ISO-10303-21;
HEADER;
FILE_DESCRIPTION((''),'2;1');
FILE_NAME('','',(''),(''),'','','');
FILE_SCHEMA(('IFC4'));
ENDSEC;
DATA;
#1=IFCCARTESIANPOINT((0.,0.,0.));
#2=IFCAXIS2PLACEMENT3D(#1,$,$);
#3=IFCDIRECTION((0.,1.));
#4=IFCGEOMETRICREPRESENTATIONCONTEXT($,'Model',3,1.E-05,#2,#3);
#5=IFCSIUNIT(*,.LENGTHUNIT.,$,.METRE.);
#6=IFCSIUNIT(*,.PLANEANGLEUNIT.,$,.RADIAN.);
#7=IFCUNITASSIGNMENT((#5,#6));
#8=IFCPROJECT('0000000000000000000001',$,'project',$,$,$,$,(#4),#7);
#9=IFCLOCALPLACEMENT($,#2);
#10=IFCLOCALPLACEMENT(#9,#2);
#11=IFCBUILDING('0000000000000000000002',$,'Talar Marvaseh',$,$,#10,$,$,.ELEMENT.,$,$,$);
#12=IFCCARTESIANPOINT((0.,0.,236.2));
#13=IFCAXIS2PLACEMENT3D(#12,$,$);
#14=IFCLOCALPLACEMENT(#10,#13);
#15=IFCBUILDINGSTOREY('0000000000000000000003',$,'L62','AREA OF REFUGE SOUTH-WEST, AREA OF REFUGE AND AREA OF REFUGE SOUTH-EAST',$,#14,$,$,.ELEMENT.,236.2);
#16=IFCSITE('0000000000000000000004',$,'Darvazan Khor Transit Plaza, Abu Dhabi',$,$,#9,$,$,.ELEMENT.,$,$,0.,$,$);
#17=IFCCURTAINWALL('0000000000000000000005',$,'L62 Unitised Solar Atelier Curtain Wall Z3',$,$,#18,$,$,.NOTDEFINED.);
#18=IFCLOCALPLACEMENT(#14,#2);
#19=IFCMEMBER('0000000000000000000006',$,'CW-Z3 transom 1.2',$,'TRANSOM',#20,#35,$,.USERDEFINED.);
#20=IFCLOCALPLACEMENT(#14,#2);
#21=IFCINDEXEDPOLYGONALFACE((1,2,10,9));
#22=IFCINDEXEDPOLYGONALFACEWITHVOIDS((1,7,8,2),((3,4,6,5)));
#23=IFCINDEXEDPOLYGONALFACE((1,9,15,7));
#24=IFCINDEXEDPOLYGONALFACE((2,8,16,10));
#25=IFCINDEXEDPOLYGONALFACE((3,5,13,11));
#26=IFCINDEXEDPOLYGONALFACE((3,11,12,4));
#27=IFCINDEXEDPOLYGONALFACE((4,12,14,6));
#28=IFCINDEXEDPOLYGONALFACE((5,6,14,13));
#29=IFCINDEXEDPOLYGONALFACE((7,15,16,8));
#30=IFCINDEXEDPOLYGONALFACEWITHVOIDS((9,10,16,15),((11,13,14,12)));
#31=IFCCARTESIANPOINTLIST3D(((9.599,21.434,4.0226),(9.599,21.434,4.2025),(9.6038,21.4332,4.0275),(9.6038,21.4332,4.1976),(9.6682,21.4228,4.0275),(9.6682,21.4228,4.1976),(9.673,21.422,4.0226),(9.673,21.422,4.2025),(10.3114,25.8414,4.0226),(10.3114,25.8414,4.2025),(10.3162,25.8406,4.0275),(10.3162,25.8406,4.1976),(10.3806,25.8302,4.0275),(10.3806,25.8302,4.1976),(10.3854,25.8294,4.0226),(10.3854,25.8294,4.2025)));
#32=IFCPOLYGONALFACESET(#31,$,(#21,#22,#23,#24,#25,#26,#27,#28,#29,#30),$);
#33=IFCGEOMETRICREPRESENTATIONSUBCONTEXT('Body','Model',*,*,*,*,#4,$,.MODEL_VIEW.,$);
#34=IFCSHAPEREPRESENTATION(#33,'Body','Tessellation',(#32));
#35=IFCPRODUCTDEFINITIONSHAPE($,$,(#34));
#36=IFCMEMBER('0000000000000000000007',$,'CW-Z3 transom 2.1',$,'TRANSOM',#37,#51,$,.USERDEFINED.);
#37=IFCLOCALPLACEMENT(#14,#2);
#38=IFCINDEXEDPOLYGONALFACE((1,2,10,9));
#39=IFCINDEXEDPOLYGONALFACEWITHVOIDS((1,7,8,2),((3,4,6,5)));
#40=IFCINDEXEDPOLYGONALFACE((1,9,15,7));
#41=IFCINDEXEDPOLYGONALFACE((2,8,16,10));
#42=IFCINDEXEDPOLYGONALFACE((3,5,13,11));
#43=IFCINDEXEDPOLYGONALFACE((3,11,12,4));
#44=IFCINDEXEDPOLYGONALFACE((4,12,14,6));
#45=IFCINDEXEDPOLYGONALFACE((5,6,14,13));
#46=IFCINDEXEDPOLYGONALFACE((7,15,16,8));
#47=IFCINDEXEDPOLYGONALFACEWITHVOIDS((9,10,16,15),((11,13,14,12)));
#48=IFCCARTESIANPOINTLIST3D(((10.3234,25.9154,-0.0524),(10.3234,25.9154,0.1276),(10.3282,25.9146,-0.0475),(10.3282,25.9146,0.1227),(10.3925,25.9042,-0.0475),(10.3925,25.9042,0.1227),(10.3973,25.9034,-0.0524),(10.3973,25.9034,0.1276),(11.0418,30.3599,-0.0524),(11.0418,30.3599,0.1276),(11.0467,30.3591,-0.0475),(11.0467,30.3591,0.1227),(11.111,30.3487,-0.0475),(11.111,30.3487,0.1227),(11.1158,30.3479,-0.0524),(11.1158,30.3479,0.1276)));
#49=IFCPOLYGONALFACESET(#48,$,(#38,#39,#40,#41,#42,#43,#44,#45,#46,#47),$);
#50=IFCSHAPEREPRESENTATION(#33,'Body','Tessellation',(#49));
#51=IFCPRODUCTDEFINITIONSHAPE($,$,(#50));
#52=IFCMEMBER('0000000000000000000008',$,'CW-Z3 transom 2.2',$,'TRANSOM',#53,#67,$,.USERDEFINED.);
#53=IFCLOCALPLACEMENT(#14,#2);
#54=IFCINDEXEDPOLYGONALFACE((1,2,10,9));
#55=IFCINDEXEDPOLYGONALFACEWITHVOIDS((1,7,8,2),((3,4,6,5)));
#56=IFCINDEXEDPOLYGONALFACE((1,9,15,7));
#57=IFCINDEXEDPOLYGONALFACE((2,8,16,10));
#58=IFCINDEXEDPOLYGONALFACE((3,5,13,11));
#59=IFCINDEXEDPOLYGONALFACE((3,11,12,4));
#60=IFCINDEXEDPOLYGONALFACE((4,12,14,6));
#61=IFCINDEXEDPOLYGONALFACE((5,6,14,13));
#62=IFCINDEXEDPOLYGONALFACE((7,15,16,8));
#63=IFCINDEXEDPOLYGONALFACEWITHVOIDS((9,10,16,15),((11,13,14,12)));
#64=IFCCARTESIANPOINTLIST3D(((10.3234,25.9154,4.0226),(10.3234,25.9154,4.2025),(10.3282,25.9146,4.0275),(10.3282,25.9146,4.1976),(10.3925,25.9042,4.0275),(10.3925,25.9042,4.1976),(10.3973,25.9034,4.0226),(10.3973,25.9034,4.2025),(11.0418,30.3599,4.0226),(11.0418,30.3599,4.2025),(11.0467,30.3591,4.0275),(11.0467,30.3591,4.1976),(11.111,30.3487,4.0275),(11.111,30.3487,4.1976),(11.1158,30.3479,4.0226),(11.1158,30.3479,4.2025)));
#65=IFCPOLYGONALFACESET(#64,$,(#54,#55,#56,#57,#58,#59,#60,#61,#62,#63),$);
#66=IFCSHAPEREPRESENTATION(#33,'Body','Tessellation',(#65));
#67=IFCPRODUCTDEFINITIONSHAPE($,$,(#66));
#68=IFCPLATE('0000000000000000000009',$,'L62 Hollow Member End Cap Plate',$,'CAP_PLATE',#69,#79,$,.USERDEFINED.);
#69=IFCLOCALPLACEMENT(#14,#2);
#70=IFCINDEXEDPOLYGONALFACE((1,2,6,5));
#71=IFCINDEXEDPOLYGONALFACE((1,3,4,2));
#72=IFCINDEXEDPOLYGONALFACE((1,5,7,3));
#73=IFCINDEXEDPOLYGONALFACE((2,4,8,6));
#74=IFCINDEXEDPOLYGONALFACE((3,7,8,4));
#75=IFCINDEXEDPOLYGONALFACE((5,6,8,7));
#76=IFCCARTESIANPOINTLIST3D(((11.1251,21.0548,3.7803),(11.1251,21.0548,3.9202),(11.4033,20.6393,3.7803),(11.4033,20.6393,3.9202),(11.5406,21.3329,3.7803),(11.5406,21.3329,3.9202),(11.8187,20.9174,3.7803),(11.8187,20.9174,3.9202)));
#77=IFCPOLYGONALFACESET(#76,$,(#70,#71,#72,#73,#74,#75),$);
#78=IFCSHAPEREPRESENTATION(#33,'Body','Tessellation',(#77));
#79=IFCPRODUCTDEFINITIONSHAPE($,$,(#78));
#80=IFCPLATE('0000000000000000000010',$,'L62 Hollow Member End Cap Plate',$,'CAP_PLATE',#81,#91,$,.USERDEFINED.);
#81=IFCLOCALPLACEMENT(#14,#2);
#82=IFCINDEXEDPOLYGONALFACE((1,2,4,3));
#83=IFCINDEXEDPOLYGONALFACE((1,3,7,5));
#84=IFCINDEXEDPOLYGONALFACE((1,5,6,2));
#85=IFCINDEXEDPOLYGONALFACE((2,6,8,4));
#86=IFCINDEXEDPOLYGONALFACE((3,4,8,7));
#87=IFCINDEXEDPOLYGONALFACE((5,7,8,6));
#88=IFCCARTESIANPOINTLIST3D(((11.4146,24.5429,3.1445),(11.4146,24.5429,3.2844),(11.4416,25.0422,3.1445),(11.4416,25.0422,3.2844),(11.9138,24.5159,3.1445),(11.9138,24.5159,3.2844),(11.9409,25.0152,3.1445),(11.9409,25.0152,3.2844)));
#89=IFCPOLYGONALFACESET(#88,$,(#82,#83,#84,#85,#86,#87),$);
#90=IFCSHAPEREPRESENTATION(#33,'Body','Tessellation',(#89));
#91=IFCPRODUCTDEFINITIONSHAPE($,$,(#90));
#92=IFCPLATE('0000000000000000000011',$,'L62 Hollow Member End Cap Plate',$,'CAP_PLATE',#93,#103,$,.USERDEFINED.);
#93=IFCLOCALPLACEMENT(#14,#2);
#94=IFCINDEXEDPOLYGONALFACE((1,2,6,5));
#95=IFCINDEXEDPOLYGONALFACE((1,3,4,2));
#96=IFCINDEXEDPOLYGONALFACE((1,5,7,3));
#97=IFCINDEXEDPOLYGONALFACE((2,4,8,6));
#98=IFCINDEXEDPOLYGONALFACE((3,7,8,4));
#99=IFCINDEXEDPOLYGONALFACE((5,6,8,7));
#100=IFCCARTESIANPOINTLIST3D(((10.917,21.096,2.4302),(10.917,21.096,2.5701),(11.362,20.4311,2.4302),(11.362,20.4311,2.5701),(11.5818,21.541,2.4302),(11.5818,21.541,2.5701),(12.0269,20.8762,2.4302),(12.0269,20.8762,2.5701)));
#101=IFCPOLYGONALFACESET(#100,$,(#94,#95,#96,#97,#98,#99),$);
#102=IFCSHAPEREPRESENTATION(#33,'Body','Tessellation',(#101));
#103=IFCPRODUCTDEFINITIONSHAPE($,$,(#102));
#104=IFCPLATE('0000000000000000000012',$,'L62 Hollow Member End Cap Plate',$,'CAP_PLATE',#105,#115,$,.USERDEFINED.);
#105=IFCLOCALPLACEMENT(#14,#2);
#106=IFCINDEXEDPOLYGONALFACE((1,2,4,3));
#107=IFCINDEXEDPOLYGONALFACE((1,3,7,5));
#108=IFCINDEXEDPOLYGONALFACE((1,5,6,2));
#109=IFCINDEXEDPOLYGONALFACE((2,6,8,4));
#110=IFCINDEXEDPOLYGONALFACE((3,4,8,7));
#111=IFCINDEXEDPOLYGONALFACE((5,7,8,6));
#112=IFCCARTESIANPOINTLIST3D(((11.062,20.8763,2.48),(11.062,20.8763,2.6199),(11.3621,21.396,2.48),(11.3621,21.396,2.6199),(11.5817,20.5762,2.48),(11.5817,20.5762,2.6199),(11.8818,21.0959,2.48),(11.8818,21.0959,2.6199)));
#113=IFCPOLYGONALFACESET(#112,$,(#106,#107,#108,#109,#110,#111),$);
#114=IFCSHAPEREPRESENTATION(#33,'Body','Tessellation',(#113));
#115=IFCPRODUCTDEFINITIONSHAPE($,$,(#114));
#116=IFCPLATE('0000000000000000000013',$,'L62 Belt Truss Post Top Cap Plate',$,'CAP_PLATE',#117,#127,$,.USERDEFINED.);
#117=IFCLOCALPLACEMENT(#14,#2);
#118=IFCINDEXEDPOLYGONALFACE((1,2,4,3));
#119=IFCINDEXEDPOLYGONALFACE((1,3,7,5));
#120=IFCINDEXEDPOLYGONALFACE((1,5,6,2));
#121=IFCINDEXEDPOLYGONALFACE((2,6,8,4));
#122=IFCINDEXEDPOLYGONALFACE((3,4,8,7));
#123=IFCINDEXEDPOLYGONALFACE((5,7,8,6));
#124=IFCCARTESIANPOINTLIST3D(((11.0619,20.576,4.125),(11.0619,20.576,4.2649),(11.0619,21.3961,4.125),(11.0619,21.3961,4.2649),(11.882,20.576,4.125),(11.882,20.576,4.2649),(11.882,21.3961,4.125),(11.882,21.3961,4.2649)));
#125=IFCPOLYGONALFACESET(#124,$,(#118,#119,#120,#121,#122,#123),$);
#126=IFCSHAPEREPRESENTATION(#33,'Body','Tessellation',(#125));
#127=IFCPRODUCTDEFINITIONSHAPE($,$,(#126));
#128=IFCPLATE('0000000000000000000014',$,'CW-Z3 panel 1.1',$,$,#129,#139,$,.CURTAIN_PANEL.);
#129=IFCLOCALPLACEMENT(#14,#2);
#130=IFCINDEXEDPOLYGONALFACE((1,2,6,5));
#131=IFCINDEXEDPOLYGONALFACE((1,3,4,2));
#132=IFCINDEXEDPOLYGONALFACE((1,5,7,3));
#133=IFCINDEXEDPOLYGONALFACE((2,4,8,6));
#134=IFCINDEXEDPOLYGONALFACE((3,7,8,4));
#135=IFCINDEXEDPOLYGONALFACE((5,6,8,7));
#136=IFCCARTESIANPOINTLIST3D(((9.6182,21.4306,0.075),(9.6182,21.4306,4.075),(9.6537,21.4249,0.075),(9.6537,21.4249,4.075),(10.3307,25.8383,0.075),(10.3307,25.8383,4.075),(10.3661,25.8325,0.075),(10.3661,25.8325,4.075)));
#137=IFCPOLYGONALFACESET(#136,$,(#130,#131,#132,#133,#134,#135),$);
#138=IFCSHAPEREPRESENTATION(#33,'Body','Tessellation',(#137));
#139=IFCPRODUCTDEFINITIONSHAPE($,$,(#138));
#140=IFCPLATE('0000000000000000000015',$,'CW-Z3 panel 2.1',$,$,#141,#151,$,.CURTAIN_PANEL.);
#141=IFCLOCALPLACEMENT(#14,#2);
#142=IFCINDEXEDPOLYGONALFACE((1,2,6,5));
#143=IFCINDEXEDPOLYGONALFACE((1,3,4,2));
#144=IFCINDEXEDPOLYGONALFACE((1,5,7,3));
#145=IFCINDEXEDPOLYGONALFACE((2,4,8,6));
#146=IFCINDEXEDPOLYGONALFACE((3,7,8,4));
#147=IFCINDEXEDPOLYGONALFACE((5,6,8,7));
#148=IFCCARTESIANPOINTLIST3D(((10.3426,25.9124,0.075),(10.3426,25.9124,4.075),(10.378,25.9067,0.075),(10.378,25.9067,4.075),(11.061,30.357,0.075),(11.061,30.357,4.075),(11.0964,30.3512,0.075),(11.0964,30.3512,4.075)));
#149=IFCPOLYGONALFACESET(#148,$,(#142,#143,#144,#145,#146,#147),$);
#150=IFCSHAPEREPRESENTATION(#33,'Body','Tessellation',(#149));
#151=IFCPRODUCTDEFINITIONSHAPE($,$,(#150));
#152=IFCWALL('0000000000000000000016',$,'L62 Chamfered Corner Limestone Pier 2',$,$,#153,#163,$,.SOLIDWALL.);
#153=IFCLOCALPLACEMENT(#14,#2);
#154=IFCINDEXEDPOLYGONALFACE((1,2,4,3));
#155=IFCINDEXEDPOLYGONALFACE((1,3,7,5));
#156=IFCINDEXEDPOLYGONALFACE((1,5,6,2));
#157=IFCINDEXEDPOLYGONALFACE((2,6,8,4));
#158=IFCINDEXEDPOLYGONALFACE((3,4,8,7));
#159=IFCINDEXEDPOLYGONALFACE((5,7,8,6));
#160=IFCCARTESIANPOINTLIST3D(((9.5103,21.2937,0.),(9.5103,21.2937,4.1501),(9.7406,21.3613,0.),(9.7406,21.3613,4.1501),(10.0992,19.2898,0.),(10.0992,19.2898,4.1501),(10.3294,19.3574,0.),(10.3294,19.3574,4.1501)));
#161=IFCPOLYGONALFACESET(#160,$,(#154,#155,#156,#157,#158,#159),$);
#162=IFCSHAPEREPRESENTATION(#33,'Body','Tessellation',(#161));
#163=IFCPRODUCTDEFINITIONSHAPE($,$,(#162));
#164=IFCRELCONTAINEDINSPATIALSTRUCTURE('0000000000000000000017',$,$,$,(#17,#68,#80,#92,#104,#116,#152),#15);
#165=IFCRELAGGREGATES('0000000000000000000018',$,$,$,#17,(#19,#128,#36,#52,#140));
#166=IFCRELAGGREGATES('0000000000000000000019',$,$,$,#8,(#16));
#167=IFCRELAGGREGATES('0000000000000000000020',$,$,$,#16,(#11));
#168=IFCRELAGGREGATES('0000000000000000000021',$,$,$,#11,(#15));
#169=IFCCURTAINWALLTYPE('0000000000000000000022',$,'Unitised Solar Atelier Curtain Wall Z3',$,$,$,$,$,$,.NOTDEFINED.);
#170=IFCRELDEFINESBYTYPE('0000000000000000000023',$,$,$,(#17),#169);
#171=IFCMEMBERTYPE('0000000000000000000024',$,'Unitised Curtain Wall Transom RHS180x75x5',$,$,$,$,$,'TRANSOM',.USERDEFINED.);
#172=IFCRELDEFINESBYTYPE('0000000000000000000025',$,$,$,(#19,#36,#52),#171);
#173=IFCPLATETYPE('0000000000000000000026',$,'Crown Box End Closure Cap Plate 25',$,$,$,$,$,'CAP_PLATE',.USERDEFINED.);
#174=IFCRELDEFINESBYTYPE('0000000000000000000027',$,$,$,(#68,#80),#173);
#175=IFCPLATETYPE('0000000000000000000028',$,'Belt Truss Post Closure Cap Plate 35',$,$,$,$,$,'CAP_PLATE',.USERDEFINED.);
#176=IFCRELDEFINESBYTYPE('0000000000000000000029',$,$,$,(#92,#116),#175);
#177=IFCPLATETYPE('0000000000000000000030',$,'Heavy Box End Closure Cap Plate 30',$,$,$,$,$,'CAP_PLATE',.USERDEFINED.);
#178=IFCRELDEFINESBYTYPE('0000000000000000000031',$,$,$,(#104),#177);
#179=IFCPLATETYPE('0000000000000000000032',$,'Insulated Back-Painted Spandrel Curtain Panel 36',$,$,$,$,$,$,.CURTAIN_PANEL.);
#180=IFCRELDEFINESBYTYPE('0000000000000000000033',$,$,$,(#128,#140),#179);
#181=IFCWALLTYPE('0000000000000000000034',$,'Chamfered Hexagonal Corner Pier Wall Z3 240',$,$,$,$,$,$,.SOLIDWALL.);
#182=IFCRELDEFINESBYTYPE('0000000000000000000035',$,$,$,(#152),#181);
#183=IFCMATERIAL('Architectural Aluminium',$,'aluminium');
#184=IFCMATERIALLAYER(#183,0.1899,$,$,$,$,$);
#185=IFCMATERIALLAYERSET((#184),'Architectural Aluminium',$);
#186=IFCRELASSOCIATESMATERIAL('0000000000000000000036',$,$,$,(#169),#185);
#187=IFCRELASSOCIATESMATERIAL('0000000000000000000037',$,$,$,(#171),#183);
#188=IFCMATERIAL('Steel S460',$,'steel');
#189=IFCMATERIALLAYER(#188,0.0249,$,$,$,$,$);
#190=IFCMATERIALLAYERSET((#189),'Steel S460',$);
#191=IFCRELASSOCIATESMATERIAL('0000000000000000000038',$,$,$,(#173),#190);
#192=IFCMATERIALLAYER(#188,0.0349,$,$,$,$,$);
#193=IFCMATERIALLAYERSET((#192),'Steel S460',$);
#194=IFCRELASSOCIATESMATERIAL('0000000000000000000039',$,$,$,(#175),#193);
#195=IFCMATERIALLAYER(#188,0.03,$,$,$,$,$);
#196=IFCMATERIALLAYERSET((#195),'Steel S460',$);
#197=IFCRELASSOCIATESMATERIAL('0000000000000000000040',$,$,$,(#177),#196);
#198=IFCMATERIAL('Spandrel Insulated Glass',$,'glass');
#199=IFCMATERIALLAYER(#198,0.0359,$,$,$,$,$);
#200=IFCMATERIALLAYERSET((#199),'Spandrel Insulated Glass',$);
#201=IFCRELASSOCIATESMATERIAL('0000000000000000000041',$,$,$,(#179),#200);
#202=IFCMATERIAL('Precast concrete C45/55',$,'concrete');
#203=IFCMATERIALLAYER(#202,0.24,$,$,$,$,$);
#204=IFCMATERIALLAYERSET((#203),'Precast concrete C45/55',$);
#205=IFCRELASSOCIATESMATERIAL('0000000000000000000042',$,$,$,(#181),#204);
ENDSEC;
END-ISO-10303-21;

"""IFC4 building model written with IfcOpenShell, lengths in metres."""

from ifc_helpers import new_model, si_unit, direction, frame, frame_2d, origin, origin_2d, place, context, subcontext, project, spatial, rectangle, hollow_rectangle, extrude, source, transform, mapped, material, layer, layer_set, material_profile, profile_set, type_object, type_shapes, element, aggregate, save


model = new_model("IFC4")

# Units and contexts
model_context = context("Model", 3, precision=1e-05, world=origin(), true_north=direction((0.0, 1.0)))
body_context = subcontext(model_context, "Body", "Model", "MODEL_VIEW")
ifc_project = project(units=[si_unit("LENGTHUNIT", "METRE"), si_unit("PLANEANGLEUNIT", "RADIAN")], contexts=[model_context])

# Site, building, storey
site_placement = place(None, origin())
site = spatial("IfcSite", under=ifc_project, at=site_placement, Name="Darvazan Khor Transit Plaza, Abu Dhabi", CompositionType="ELEMENT", RefElevation=0.0)
building_placement = place(site_placement, origin())
building = spatial("IfcBuilding", under=site, at=building_placement, Name="Talar Marvaseh", CompositionType="ELEMENT")
storey_placement = place(building_placement, frame((0.0, 0.0, 236.2)))
storey = spatial("IfcBuildingStorey", under=building, at=storey_placement, Name="L62", Description="AREA OF REFUGE SOUTH-WEST, AREA OF REFUGE AND AREA OF REFUGE SOUTH-EAST", CompositionType="ELEMENT", Elevation=236.2)

# Shared definitions
ifc_material_1 = material(Name="Steel S460", Category="steel")

# Shared definitions
ifc_material_2 = material(Name="Architectural Aluminium", Category="aluminium")
ifc_layer_1 = layer(ifc_material_2, 0.1899)
ifc_layer_set_1 = layer_set([ifc_layer_1], Name="Architectural Aluminium")
curtain_wall_type = type_object("IfcCurtainWallType", Name="Unitised Solar Atelier Curtain Wall Z3", PredefinedType="NOTDEFINED", material=ifc_layer_set_1)

# Curtain wall, members
curtain_wall_1_placement = place(storey_placement, origin())
curtain_wall_1 = element("IfcCurtainWall", 1, at=curtain_wall_1_placement, inside=storey, type_object=curtain_wall_type, Name="L62 Unitised Solar Atelier Curtain Wall Z3", PredefinedType="NOTDEFINED")
ifc_material_profile_1 = material_profile(ifc_material_2, hollow_rectangle(XDim=0.075, YDim=0.1799, WallThickness=0.0049, at=origin_2d()), Name="RHS180x75x5")
ifc_profile_set_1 = profile_set([ifc_material_profile_1], Name="Architectural Aluminium")
member_type_1 = type_object("IfcMemberType", Name="Unitised Curtain Wall Transom RHS180x75x5", ElementType="TRANSOM", PredefinedType="USERDEFINED", material=ifc_profile_set_1)
shared_shape_1 = source(origin(), body_context, "Body", "SweptSolid", [
    extrude(hollow_rectangle(XDim=0.075, YDim=0.1799, WallThickness=0.0049, at=origin_2d()), origin(), (0.0, 0.0, 1.0), 4.4646),
])
member_1_placement = place(storey_placement, frame((9.636, 21.428, 4.1125), z_axis=(0.159564, 0.987188, 0.0), x_axis=(-0.987188, 0.159564, 0.0)))
member_1 = element("IfcMember", 2, at=member_1_placement, type_object=member_type_1, Name="CW-Z3 transom 1.2", ObjectType="TRANSOM", PredefinedType="USERDEFINED", context=body_context, shape_type="MappedRepresentation", body=[
    mapped(shared_shape_1, transform((0.0, 0.0, 0.0), x_axis=(1.0, 0.0, 0.0), y_axis=(0.0, 1.0, 0.0), z_axis=(0.0, 0.0, 1.0), scale=1.0)),
])
shared_shape_2 = source(origin(), body_context, "Body", "SweptSolid", [
    extrude(hollow_rectangle(XDim=0.075, YDim=0.1799, WallThickness=0.0049, at=origin_2d()), origin(), (0.0, 0.0, 1.0), 4.5022),
])
type_shapes(member_type_1, [shared_shape_1, shared_shape_2])
member_2_placement = place(storey_placement, frame((10.3604, 25.9094, 0.0376), z_axis=(0.159587, 0.987184, 0.0), x_axis=(-0.987184, 0.159587, 0.0)))
member_2 = element("IfcMember", 3, at=member_2_placement, type_object=member_type_1, Name="CW-Z3 transom 2.1", ObjectType="TRANSOM", PredefinedType="USERDEFINED", context=body_context, shape_type="MappedRepresentation", body=[
    mapped(shared_shape_2, transform((0.0, 0.0, 0.0), x_axis=(1.0, 0.0, 0.0), y_axis=(0.0, 1.0, 0.0), z_axis=(0.0, 0.0, 1.0), scale=1.0)),
])
member_3_placement = place(storey_placement, frame((10.3604, 25.9094, 4.1125), z_axis=(0.159587, 0.987184, 0.0), x_axis=(-0.987184, 0.159587, 0.0)))
member_3 = element("IfcMember", 4, at=member_3_placement, type_object=member_type_1, Name="CW-Z3 transom 2.2", ObjectType="TRANSOM", PredefinedType="USERDEFINED", context=body_context, shape_type="MappedRepresentation", body=[
    mapped(shared_shape_2, transform((0.0, 0.0, 0.0), x_axis=(1.0, 0.0, 0.0), y_axis=(0.0, 1.0, 0.0), z_axis=(0.0, 0.0, 1.0), scale=1.0)),
])

# Plates
ifc_layer_2 = layer(ifc_material_1, 0.0249)
ifc_layer_set_2 = layer_set([ifc_layer_2], Name="Steel S460")
plate_type_1 = type_object("IfcPlateType", Name="Crown Box End Closure Cap Plate 25", ElementType="CAP_PLATE", PredefinedType="USERDEFINED", material=ifc_layer_set_2)
shared_shape_3 = source(origin(), body_context, "Body", "SweptSolid", [
    extrude(rectangle(XDim=0.5, YDim=0.5, at=origin_2d()), origin(), (0.0, 0.0, 1.0), 0.1399),
])
type_shapes(plate_type_1, [shared_shape_3])
for number, where, z_axis, x_axis, name in (
    (5, (11.4719, 20.9861, 3.7803), (0.0, 0.0, 1.0), (-0.556296, 0.830984, 0.0), "L62 Hollow Member End Cap Plate"),
    (6, (11.6777, 24.7791, 3.1445), (0.0, 0.0, 1.0), (-0.054079, -0.998537, 0.0), "L62 Hollow Member End Cap Plate"),
):
    element("IfcPlate", number, at=place(storey_placement, frame(where, z_axis=z_axis, x_axis=x_axis)), inside=storey, type_object=plate_type_1, Name=name, ObjectType="CAP_PLATE", PredefinedType="USERDEFINED", context=body_context, shape_type="MappedRepresentation", body=[
        mapped(shared_shape_3, transform((0.0, 0.0, 0.0), x_axis=(1.0, 0.0, 0.0), y_axis=(0.0, 1.0, 0.0), z_axis=(0.0, 0.0, 1.0), scale=1.0)),
    ])
ifc_layer_3 = layer(ifc_material_1, 0.0349)
ifc_layer_set_3 = layer_set([ifc_layer_3], Name="Steel S460")
plate_type_2 = type_object("IfcPlateType", Name="Belt Truss Post Closure Cap Plate 35", ElementType="CAP_PLATE", PredefinedType="USERDEFINED", material=ifc_layer_set_3)
shared_shape_4 = source(origin(), body_context, "Body", "SweptSolid", [
    extrude(rectangle(XDim=0.8, YDim=0.8, at=origin_2d()), origin(), (0.0, 0.0, 1.0), 0.1399),
])
plate_1_placement = place(storey_placement, frame((11.4719, 20.9861, 2.4302), z_axis=(0.0, 0.0, 1.0), x_axis=(-0.556296, 0.830984, 0.0)))
element("IfcPlate", 7, at=plate_1_placement, inside=storey, type_object=plate_type_2, Name="L62 Hollow Member End Cap Plate", ObjectType="CAP_PLATE", PredefinedType="USERDEFINED", context=body_context, shape_type="MappedRepresentation", body=[
    mapped(shared_shape_4, transform((0.0, 0.0, 0.0), x_axis=(1.0, 0.0, 0.0), y_axis=(0.0, 1.0, 0.0), z_axis=(0.0, 0.0, 1.0), scale=1.0)),
])
ifc_layer_4 = layer(ifc_material_1, 0.03)
ifc_layer_set_4 = layer_set([ifc_layer_4], Name="Steel S460")
plate_type_3 = type_object("IfcPlateType", Name="Heavy Box End Closure Cap Plate 30", ElementType="CAP_PLATE", PredefinedType="USERDEFINED", material=ifc_layer_set_4)
shared_shape_5 = source(origin(), body_context, "Body", "SweptSolid", [
    extrude(rectangle(XDim=0.6001, YDim=0.6001, at=origin_2d()), origin(), (0.0, 0.0, 1.0), 0.1399),
])
type_shapes(plate_type_3, [shared_shape_5])
plate_2_placement = place(storey_placement, frame((11.4719, 20.9861, 2.48), z_axis=(0.0, 0.0, 1.0), x_axis=(0.5, 0.866025, 0.0)))
element("IfcPlate", 8, at=plate_2_placement, inside=storey, type_object=plate_type_3, Name="L62 Hollow Member End Cap Plate", ObjectType="CAP_PLATE", PredefinedType="USERDEFINED", context=body_context, shape_type="MappedRepresentation", body=[
    mapped(shared_shape_5, transform((0.0, 0.0, 0.0), x_axis=(1.0, 0.0, 0.0), y_axis=(0.0, 1.0, 0.0), z_axis=(0.0, 0.0, 1.0), scale=1.0)),
])
shared_shape_6 = source(origin(), body_context, "Body", "SweptSolid", [
    extrude(rectangle(XDim=0.8201, YDim=0.8201, at=origin_2d()), origin(), (0.0, 0.0, 1.0), 0.1399),
])
type_shapes(plate_type_2, [shared_shape_4, shared_shape_6])
plate_3_placement = place(storey_placement, frame((11.4719, 20.9861, 4.125), z_axis=(0.0, 0.0, 1.0), x_axis=(1.0, 0.0, 0.0)))
element("IfcPlate", 9, at=plate_3_placement, inside=storey, type_object=plate_type_2, Name="L62 Belt Truss Post Top Cap Plate", ObjectType="CAP_PLATE", PredefinedType="USERDEFINED", context=body_context, shape_type="MappedRepresentation", body=[
    mapped(shared_shape_6, transform((0.0, 0.0, 0.0), x_axis=(1.0, 0.0, 0.0), y_axis=(0.0, 1.0, 0.0), z_axis=(0.0, 0.0, 1.0), scale=1.0)),
])

# Plates
ifc_material_3 = material(Name="Spandrel Insulated Glass", Category="glass")
ifc_layer_5 = layer(ifc_material_3, 0.0359)
ifc_layer_set_5 = layer_set([ifc_layer_5], Name="Spandrel Insulated Glass")
plate_type_4 = type_object("IfcPlateType", Name="Insulated Back-Painted Spandrel Curtain Panel 36", PredefinedType="CURTAIN_PANEL", material=ifc_layer_set_5)
shared_shape_7 = source(origin(), body_context, "Body", "SweptSolid", [
    extrude(rectangle(XDim=4.4648, YDim=0.0359, at=origin_2d()), origin(), (0.0, 0.0, 1.0), 4.0),
])
plate_4_placement = place(storey_placement, frame((9.9922, 23.6316, 0.075), z_axis=(0.0, 0.0, 1.0), x_axis=(0.159572, 0.987186, 0.0)))
plate_4 = element("IfcPlate", 10, at=plate_4_placement, type_object=plate_type_4, Name="CW-Z3 panel 1.1", PredefinedType="CURTAIN_PANEL", context=body_context, shape_type="MappedRepresentation", body=[
    mapped(shared_shape_7, transform((0.0, 0.0, 0.0), x_axis=(1.0, 0.0, 0.0), y_axis=(0.0, 1.0, 0.0), z_axis=(0.0, 0.0, 1.0), scale=1.0)),
])
shared_shape_8 = source(origin(), body_context, "Body", "SweptSolid", [
    extrude(rectangle(XDim=4.5022, YDim=0.0359, at=origin_2d()), origin(), (0.0, 0.0, 1.0), 4.0),
])
type_shapes(plate_type_4, [shared_shape_7, shared_shape_8])
plate_5_placement = place(storey_placement, frame((10.7195, 28.1318, 0.075), z_axis=(0.0, 0.0, 1.0), x_axis=(0.159572, 0.987186, 0.0)))
plate_5 = element("IfcPlate", 11, at=plate_5_placement, type_object=plate_type_4, Name="CW-Z3 panel 2.1", PredefinedType="CURTAIN_PANEL", context=body_context, shape_type="MappedRepresentation", body=[
    mapped(shared_shape_8, transform((0.0, 0.0, 0.0), x_axis=(1.0, 0.0, 0.0), y_axis=(0.0, 1.0, 0.0), z_axis=(0.0, 0.0, 1.0), scale=1.0)),
])
aggregate(curtain_wall_1, [member_1, plate_4, member_2, member_3, plate_5])

# Wall
ifc_material_4 = material(Name="Precast concrete C45/55", Category="concrete")
ifc_layer_6 = layer(ifc_material_4, 0.24)
ifc_layer_set_6 = layer_set([ifc_layer_6], Name="Precast concrete C45/55")
wall_type_1 = type_object("IfcWallType", Name="Chamfered Hexagonal Corner Pier Wall Z3 240", PredefinedType="SOLIDWALL", material=ifc_layer_set_6)
wall_1_placement = place(storey_placement, frame((10.2144, 19.3235, 0.0), z_axis=(0.0, 0.0, 1.0), x_axis=(-0.281938, 0.959432, 0.0)))
element("IfcWall", 12, at=wall_1_placement, inside=storey, type_object=wall_type_1, Name="L62 Chamfered Corner Limestone Pier 2", PredefinedType="SOLIDWALL", context=body_context, shape_type="SweptSolid", body=[
    extrude(rectangle(XDim=2.0886, YDim=0.24, at=frame_2d((1.0444, 0.0))), origin(), (0.0, 0.0, 1.0), 4.1501),
])

save(model, "model.ifc")
